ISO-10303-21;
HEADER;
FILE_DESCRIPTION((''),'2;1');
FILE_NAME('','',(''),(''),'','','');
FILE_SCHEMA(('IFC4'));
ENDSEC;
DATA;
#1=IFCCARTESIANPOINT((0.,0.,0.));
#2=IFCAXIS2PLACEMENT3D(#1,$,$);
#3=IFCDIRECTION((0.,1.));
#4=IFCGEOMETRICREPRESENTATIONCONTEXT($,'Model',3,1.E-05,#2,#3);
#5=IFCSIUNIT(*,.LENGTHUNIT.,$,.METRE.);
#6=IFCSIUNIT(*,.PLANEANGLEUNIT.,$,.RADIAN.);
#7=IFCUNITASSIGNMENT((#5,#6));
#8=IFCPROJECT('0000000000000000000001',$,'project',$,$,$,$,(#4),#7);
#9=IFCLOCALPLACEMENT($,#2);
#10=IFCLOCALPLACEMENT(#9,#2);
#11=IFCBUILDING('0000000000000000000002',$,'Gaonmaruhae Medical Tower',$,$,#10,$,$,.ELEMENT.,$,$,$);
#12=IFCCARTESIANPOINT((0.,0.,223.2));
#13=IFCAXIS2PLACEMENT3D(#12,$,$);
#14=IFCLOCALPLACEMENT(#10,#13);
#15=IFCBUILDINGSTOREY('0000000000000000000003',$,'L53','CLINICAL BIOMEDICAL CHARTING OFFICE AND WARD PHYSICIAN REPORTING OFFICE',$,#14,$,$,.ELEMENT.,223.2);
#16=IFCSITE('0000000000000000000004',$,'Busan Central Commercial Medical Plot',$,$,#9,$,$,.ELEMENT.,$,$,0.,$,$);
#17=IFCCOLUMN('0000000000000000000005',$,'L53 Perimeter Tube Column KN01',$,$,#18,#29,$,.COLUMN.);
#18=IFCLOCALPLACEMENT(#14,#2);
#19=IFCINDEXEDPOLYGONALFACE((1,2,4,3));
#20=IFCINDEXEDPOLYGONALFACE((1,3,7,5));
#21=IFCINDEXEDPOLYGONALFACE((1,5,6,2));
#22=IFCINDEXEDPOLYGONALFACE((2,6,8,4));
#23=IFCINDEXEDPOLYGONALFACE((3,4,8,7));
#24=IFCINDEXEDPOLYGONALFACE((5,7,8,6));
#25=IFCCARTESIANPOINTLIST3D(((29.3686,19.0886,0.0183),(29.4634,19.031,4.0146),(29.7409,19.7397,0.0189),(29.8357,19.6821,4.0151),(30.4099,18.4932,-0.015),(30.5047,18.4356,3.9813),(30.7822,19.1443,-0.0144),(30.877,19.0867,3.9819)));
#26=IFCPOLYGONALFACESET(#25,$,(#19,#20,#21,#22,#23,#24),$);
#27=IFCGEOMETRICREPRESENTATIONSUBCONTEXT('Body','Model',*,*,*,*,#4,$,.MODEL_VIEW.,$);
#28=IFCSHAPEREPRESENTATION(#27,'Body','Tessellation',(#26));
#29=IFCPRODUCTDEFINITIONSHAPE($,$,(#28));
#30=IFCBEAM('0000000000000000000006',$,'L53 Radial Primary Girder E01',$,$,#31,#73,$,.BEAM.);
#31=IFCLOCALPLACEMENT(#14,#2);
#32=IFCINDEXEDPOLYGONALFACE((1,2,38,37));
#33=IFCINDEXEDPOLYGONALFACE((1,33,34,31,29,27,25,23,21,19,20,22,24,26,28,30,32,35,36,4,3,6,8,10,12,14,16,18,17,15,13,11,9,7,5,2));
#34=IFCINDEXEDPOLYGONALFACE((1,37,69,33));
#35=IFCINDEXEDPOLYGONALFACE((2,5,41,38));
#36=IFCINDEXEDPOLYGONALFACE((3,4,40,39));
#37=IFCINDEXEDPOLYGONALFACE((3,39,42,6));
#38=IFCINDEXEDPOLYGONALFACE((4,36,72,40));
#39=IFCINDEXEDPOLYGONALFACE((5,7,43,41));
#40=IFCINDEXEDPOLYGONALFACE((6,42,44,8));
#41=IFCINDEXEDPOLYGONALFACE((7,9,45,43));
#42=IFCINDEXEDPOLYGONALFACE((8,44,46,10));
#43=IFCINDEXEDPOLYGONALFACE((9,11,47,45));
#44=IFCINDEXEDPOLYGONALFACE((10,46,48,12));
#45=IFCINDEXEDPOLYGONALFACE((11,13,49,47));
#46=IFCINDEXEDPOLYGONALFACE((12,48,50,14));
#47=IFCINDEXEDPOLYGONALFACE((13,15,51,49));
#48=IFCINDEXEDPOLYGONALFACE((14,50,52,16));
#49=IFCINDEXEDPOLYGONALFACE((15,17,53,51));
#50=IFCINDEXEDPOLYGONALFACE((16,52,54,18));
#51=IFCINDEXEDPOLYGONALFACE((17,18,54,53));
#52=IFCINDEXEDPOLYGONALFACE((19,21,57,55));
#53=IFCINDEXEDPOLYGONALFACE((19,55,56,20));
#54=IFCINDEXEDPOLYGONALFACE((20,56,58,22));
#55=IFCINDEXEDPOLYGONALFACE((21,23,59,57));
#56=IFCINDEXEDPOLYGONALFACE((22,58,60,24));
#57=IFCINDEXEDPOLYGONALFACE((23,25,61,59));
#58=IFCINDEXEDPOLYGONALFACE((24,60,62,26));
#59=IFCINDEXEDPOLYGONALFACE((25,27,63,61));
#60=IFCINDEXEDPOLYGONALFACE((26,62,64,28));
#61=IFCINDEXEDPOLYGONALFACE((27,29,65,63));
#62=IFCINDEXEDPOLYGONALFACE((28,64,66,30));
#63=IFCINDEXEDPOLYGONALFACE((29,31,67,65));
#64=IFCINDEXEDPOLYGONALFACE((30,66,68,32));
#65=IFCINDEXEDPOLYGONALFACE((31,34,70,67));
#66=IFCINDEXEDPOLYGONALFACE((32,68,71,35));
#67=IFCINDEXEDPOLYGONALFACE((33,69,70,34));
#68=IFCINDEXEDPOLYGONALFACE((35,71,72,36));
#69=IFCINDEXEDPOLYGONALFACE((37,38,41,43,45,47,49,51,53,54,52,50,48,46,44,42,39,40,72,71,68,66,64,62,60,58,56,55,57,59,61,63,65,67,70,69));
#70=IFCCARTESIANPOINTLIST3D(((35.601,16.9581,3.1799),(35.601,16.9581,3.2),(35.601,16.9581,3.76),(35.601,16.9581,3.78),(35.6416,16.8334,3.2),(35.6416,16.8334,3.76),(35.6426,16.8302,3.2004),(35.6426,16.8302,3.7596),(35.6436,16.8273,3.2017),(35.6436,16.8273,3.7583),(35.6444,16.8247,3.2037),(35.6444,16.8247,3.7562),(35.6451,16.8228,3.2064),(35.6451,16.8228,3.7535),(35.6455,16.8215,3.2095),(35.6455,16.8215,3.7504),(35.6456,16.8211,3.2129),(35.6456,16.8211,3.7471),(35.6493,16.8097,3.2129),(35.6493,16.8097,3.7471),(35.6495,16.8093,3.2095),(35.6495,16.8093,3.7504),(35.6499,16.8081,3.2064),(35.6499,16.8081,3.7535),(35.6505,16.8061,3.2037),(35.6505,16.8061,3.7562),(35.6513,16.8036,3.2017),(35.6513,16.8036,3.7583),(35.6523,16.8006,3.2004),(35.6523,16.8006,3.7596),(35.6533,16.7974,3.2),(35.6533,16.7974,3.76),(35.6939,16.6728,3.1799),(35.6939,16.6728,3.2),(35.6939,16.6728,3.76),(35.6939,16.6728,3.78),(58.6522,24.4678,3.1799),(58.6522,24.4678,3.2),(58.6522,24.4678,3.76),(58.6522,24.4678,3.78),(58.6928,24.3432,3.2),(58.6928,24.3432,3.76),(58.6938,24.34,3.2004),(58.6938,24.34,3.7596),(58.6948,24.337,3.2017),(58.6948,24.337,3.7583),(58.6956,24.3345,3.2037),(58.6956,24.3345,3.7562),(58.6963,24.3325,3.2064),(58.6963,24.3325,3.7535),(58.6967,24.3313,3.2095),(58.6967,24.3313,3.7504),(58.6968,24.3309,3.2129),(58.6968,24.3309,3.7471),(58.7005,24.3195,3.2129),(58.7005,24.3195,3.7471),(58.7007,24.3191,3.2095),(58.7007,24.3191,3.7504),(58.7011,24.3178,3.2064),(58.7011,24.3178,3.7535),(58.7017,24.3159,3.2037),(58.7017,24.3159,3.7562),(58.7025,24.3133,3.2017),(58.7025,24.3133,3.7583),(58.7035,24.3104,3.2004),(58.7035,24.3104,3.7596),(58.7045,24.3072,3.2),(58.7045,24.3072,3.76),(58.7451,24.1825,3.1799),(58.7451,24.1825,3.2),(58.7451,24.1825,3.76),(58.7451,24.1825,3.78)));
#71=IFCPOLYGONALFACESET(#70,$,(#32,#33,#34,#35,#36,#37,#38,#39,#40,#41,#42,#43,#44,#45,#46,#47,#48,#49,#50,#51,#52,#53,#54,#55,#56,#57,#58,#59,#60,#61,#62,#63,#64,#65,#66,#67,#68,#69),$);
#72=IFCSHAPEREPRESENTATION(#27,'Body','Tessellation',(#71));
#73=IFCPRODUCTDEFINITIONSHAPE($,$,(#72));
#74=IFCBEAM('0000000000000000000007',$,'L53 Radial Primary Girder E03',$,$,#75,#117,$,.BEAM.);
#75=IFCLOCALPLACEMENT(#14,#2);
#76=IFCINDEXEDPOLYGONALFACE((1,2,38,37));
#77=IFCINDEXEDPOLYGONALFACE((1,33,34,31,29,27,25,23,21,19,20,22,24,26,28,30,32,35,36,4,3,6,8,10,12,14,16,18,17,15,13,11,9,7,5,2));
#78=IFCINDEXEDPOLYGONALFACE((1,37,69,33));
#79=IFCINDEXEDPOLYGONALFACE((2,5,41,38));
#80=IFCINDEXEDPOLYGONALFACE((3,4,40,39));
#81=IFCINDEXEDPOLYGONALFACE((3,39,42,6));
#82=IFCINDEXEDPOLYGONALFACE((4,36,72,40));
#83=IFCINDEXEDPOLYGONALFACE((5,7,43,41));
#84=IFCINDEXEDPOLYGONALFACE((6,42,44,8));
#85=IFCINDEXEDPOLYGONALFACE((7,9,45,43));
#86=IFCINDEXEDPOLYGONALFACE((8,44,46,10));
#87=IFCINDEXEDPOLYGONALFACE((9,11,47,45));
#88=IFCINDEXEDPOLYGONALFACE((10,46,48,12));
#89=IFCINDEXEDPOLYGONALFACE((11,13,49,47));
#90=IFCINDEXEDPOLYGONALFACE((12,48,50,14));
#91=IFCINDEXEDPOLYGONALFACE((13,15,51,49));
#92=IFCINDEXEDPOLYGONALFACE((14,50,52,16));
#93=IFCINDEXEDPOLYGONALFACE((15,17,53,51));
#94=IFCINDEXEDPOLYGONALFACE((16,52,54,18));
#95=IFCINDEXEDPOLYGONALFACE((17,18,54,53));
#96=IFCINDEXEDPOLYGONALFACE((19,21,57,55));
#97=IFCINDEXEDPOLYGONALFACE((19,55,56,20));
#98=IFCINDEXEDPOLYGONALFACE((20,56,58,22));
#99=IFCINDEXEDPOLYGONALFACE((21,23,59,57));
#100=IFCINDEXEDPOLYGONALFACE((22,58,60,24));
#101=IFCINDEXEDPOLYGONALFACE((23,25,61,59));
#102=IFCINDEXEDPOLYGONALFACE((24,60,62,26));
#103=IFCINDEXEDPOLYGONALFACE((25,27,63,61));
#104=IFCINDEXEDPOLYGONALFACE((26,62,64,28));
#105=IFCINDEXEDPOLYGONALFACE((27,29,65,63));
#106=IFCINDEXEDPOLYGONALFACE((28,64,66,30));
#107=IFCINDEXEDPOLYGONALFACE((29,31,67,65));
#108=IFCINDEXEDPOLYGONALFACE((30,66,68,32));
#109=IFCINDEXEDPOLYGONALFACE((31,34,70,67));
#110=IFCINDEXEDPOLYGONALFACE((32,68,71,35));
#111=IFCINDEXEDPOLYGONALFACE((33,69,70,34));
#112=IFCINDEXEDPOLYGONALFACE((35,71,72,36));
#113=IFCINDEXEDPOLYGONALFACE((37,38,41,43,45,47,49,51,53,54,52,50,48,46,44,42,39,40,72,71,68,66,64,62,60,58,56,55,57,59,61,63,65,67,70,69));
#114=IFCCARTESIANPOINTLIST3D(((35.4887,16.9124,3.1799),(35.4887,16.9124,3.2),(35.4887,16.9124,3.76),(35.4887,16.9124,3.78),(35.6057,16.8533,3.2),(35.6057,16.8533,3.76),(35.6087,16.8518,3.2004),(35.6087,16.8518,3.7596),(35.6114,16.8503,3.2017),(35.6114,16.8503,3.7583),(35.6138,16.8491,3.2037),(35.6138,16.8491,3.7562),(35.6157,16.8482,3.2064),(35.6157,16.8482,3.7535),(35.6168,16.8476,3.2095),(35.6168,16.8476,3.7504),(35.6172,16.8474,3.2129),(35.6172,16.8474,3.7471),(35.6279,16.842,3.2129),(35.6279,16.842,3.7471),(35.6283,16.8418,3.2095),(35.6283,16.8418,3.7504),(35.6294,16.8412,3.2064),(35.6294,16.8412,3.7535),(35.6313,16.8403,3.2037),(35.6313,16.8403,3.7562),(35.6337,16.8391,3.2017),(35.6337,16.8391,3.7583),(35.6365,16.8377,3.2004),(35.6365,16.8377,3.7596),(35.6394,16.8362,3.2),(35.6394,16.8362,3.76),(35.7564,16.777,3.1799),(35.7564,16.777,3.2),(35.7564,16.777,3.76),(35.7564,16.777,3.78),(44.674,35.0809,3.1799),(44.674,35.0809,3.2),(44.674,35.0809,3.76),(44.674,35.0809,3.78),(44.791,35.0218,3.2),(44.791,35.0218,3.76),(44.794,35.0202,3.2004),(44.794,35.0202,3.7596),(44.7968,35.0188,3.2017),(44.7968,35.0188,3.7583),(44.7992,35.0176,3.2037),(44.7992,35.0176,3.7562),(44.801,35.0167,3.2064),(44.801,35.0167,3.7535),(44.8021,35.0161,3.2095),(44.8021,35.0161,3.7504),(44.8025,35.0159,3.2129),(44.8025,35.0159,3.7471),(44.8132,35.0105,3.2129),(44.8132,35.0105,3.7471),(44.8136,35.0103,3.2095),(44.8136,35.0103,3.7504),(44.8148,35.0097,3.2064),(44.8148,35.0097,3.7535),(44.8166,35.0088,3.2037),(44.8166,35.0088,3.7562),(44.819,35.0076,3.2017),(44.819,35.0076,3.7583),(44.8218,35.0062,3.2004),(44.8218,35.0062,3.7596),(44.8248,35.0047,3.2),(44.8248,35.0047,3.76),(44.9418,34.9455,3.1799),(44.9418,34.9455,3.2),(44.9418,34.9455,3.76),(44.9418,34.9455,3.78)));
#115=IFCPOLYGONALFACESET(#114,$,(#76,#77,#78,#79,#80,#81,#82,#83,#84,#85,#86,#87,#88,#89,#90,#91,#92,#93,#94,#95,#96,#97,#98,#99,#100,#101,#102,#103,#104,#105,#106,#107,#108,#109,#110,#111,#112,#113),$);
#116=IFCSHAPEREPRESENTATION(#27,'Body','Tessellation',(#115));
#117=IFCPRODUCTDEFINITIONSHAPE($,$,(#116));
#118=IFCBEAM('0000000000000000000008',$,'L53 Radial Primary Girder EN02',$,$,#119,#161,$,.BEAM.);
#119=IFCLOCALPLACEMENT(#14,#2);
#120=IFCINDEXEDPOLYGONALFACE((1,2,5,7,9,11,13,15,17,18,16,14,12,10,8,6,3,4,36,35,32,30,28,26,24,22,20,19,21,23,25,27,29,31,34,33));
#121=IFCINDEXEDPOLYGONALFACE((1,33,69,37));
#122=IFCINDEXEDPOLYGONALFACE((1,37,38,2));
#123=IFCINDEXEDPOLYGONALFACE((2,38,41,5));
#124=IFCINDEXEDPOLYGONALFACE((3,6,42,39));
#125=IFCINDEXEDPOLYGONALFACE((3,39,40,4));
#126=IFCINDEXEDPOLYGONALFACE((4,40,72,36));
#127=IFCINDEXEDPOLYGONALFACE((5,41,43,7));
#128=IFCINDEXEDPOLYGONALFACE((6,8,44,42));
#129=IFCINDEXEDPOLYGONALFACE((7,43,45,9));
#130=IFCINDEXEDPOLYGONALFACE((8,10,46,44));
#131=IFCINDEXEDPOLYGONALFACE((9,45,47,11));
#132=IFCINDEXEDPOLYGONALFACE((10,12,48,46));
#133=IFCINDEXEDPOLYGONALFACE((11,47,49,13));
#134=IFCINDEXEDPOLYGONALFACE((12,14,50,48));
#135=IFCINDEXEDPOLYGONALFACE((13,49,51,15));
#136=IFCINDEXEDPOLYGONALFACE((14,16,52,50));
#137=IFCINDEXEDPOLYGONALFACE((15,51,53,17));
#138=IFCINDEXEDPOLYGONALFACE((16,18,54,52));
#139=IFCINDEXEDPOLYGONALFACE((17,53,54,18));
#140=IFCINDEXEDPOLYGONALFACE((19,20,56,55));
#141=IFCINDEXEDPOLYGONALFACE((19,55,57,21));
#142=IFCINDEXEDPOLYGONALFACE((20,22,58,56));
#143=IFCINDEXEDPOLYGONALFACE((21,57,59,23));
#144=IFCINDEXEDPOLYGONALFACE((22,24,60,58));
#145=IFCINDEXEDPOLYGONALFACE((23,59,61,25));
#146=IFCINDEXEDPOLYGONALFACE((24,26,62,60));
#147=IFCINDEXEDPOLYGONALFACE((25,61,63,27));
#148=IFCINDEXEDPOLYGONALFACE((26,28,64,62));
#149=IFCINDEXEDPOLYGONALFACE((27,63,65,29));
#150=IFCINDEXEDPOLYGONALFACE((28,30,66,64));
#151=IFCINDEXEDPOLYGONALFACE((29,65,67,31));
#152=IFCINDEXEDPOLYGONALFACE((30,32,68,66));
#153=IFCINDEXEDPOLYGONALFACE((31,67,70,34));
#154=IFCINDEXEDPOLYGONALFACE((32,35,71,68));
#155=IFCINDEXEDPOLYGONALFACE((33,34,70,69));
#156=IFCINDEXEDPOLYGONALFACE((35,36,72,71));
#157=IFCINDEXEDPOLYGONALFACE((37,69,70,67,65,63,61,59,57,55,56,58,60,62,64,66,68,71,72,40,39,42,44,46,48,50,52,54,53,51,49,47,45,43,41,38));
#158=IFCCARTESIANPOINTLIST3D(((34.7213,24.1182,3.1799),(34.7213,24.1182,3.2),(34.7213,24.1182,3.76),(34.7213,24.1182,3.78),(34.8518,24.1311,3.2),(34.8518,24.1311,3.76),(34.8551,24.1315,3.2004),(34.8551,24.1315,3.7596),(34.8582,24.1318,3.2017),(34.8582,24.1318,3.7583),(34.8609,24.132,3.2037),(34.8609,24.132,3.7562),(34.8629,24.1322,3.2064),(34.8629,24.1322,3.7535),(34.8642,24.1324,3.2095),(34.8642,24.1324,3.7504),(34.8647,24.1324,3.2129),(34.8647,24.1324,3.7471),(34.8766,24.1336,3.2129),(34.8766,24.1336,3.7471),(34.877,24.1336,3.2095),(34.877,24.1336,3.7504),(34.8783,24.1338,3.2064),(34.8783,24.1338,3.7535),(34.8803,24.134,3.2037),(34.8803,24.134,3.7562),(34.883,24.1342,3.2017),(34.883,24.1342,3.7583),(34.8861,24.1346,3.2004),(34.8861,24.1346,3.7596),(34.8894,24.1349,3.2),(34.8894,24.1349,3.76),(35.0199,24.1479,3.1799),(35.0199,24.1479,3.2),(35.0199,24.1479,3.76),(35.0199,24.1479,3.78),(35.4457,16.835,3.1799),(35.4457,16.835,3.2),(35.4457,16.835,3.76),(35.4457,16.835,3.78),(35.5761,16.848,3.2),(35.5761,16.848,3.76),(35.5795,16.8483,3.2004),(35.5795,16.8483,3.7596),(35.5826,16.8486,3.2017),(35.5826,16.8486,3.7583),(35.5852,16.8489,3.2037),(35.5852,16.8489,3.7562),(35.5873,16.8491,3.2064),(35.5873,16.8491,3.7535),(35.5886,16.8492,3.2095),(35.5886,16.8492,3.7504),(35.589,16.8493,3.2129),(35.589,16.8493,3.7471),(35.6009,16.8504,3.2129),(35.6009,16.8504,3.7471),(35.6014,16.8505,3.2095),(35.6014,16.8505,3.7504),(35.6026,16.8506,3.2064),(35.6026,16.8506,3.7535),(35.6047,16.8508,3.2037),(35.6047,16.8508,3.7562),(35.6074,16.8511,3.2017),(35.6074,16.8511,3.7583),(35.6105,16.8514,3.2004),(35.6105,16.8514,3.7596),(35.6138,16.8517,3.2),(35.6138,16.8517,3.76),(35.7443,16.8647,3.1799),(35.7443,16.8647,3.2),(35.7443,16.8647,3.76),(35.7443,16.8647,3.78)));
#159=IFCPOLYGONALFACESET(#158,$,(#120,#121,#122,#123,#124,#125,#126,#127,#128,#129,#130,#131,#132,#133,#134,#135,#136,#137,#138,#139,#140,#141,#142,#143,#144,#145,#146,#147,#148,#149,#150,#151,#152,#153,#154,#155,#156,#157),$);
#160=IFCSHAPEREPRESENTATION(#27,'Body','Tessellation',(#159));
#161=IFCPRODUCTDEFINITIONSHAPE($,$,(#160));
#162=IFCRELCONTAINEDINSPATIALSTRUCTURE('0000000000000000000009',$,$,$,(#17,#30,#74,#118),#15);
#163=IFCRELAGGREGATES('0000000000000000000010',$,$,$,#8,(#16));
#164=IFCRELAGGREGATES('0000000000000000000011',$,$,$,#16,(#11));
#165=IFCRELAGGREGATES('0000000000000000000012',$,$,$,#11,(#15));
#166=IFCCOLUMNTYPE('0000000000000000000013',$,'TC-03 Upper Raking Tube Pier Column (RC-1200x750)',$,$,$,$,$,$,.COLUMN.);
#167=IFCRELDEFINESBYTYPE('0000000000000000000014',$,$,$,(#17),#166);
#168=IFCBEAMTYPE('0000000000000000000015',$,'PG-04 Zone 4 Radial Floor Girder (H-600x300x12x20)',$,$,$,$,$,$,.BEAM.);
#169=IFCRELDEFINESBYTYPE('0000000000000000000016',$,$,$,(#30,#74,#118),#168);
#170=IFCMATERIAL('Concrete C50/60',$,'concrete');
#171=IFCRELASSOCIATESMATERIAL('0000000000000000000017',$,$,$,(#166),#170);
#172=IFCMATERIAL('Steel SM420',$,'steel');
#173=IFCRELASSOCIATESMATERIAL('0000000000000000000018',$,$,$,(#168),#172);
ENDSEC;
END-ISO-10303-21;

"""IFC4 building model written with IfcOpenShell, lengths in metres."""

from ifc_helpers import new_model, si_unit, direction, frame, origin, origin_2d, place, context, subcontext, project, spatial, rectangle, i_section, extrude, material, material_profile, profile_set, type_object, element, save


model = new_model("IFC4")

# Units and contexts
model_context = context("Model", 3, precision=1e-05, world=origin(), true_north=direction((0.0, 1.0)))
body_context = subcontext(model_context, "Body", "Model", "MODEL_VIEW")
ifc_project = project(units=[si_unit("LENGTHUNIT", "METRE"), si_unit("PLANEANGLEUNIT", "RADIAN")], contexts=[model_context])

# Site, building, storey
site_placement = place(None, origin())
site = spatial("IfcSite", under=ifc_project, at=site_placement, Name="Busan Central Commercial Medical Plot", CompositionType="ELEMENT", RefElevation=0.0)
building_placement = place(site_placement, origin())
building = spatial("IfcBuilding", under=site, at=building_placement, Name="Gaonmaruhae Medical Tower", CompositionType="ELEMENT")
storey_placement = place(building_placement, frame((0.0, 0.0, 223.2)))
storey = spatial("IfcBuildingStorey", under=building, at=storey_placement, Name="L53", Description="CLINICAL BIOMEDICAL CHARTING OFFICE AND WARD PHYSICIAN REPORTING OFFICE", CompositionType="ELEMENT", Elevation=223.2)

# Column
ifc_material_1 = material(Name="Concrete C50/60", Category="concrete")
ifc_material_profile_1 = material_profile(ifc_material_1, rectangle(XDim=1.2, YDim=0.75, at=origin_2d()), Name="RC-1200x750")
ifc_profile_set_1 = profile_set([ifc_material_profile_1], Name="Concrete C50/60")
column_type = type_object("IfcColumnType", Name="TC-03 Upper Raking Tube Pier Column (RC-1200x750)", PredefinedType="COLUMN", material=ifc_profile_set_1)
column_placement = place(storey_placement, frame((30.0754, 19.1165, 0.002), z_axis=(0.023694, -0.014412, 0.999615), x_axis=(-0.867784, 0.496167, 0.027723)))
element("IfcColumn", 1, at=column_placement, inside=storey, type_object=column_type, Name="L53 Perimeter Tube Column KN01", PredefinedType="COLUMN", context=body_context, shape_type="SweptSolid", body=[
    extrude(rectangle(XDim=1.2, YDim=0.75, at=origin_2d()), origin(), (0.0, 0.0, 1.0), 3.9978),
])

# Beams
ifc_material_2 = material(Name="Steel SM420", Category="steel")
ifc_material_profile_2 = material_profile(ifc_material_2, i_section(OverallWidth=0.3, OverallDepth=0.6001, WebThickness=0.012, FlangeThickness=0.02, FilletRadius=0.0129, at=origin_2d()), Name="H-600x300x12x20")
ifc_profile_set_2 = profile_set([ifc_material_profile_2], Name="Steel SM420")
beam_type_1 = type_object("IfcBeamType", Name="PG-04 Zone 4 Radial Floor Girder (H-600x300x12x20)", PredefinedType="BEAM", material=ifc_profile_set_2)
beam_1_placement = place(storey_placement, frame((35.6475, 16.8154, 3.48), z_axis=(0.950814, 0.309761, 0.0), x_axis=(-0.309761, 0.950814, 0.0)))
element("IfcBeam", 2, at=beam_1_placement, inside=storey, type_object=beam_type_1, Name="L53 Radial Primary Girder E01", PredefinedType="BEAM", context=body_context, shape_type="SweptSolid", body=[
    extrude(i_section(OverallWidth=0.3, OverallDepth=0.6001, WebThickness=0.012, FlangeThickness=0.02, FilletRadius=0.0129, at=origin_2d()), origin(), (0.0, 0.0, 1.0), 24.2437),
])
beam_2_placement = place(storey_placement, frame((35.6226, 16.8447, 3.48), z_axis=(0.451181, 0.892432, 0.0), x_axis=(-0.892432, 0.451181, 0.0)))
element("IfcBeam", 3, at=beam_2_placement, inside=storey, type_object=beam_type_1, Name="L53 Radial Primary Girder E03", PredefinedType="BEAM", context=body_context, shape_type="SweptSolid", body=[
    extrude(i_section(OverallWidth=0.3, OverallDepth=0.6001, WebThickness=0.012, FlangeThickness=0.02, FilletRadius=0.0129, at=origin_2d()), origin(), (0.0, 0.0, 1.0), 20.3584),
])
beam_3_placement = place(storey_placement, frame((35.595, 16.8499, 3.48), z_axis=(-0.098969, 0.995091, 0.0), x_axis=(-0.995091, -0.098969, 0.0)))
element("IfcBeam", 4, at=beam_3_placement, inside=storey, type_object=beam_type_1, Name="L53 Radial Primary Girder EN02", PredefinedType="BEAM", context=body_context, shape_type="SweptSolid", body=[
    extrude(i_section(OverallWidth=0.3, OverallDepth=0.6001, WebThickness=0.012, FlangeThickness=0.02, FilletRadius=0.0129, at=origin_2d()), origin(), (0.0, 0.0, 1.0), 7.3191),
])

save(model, "model.ifc")
